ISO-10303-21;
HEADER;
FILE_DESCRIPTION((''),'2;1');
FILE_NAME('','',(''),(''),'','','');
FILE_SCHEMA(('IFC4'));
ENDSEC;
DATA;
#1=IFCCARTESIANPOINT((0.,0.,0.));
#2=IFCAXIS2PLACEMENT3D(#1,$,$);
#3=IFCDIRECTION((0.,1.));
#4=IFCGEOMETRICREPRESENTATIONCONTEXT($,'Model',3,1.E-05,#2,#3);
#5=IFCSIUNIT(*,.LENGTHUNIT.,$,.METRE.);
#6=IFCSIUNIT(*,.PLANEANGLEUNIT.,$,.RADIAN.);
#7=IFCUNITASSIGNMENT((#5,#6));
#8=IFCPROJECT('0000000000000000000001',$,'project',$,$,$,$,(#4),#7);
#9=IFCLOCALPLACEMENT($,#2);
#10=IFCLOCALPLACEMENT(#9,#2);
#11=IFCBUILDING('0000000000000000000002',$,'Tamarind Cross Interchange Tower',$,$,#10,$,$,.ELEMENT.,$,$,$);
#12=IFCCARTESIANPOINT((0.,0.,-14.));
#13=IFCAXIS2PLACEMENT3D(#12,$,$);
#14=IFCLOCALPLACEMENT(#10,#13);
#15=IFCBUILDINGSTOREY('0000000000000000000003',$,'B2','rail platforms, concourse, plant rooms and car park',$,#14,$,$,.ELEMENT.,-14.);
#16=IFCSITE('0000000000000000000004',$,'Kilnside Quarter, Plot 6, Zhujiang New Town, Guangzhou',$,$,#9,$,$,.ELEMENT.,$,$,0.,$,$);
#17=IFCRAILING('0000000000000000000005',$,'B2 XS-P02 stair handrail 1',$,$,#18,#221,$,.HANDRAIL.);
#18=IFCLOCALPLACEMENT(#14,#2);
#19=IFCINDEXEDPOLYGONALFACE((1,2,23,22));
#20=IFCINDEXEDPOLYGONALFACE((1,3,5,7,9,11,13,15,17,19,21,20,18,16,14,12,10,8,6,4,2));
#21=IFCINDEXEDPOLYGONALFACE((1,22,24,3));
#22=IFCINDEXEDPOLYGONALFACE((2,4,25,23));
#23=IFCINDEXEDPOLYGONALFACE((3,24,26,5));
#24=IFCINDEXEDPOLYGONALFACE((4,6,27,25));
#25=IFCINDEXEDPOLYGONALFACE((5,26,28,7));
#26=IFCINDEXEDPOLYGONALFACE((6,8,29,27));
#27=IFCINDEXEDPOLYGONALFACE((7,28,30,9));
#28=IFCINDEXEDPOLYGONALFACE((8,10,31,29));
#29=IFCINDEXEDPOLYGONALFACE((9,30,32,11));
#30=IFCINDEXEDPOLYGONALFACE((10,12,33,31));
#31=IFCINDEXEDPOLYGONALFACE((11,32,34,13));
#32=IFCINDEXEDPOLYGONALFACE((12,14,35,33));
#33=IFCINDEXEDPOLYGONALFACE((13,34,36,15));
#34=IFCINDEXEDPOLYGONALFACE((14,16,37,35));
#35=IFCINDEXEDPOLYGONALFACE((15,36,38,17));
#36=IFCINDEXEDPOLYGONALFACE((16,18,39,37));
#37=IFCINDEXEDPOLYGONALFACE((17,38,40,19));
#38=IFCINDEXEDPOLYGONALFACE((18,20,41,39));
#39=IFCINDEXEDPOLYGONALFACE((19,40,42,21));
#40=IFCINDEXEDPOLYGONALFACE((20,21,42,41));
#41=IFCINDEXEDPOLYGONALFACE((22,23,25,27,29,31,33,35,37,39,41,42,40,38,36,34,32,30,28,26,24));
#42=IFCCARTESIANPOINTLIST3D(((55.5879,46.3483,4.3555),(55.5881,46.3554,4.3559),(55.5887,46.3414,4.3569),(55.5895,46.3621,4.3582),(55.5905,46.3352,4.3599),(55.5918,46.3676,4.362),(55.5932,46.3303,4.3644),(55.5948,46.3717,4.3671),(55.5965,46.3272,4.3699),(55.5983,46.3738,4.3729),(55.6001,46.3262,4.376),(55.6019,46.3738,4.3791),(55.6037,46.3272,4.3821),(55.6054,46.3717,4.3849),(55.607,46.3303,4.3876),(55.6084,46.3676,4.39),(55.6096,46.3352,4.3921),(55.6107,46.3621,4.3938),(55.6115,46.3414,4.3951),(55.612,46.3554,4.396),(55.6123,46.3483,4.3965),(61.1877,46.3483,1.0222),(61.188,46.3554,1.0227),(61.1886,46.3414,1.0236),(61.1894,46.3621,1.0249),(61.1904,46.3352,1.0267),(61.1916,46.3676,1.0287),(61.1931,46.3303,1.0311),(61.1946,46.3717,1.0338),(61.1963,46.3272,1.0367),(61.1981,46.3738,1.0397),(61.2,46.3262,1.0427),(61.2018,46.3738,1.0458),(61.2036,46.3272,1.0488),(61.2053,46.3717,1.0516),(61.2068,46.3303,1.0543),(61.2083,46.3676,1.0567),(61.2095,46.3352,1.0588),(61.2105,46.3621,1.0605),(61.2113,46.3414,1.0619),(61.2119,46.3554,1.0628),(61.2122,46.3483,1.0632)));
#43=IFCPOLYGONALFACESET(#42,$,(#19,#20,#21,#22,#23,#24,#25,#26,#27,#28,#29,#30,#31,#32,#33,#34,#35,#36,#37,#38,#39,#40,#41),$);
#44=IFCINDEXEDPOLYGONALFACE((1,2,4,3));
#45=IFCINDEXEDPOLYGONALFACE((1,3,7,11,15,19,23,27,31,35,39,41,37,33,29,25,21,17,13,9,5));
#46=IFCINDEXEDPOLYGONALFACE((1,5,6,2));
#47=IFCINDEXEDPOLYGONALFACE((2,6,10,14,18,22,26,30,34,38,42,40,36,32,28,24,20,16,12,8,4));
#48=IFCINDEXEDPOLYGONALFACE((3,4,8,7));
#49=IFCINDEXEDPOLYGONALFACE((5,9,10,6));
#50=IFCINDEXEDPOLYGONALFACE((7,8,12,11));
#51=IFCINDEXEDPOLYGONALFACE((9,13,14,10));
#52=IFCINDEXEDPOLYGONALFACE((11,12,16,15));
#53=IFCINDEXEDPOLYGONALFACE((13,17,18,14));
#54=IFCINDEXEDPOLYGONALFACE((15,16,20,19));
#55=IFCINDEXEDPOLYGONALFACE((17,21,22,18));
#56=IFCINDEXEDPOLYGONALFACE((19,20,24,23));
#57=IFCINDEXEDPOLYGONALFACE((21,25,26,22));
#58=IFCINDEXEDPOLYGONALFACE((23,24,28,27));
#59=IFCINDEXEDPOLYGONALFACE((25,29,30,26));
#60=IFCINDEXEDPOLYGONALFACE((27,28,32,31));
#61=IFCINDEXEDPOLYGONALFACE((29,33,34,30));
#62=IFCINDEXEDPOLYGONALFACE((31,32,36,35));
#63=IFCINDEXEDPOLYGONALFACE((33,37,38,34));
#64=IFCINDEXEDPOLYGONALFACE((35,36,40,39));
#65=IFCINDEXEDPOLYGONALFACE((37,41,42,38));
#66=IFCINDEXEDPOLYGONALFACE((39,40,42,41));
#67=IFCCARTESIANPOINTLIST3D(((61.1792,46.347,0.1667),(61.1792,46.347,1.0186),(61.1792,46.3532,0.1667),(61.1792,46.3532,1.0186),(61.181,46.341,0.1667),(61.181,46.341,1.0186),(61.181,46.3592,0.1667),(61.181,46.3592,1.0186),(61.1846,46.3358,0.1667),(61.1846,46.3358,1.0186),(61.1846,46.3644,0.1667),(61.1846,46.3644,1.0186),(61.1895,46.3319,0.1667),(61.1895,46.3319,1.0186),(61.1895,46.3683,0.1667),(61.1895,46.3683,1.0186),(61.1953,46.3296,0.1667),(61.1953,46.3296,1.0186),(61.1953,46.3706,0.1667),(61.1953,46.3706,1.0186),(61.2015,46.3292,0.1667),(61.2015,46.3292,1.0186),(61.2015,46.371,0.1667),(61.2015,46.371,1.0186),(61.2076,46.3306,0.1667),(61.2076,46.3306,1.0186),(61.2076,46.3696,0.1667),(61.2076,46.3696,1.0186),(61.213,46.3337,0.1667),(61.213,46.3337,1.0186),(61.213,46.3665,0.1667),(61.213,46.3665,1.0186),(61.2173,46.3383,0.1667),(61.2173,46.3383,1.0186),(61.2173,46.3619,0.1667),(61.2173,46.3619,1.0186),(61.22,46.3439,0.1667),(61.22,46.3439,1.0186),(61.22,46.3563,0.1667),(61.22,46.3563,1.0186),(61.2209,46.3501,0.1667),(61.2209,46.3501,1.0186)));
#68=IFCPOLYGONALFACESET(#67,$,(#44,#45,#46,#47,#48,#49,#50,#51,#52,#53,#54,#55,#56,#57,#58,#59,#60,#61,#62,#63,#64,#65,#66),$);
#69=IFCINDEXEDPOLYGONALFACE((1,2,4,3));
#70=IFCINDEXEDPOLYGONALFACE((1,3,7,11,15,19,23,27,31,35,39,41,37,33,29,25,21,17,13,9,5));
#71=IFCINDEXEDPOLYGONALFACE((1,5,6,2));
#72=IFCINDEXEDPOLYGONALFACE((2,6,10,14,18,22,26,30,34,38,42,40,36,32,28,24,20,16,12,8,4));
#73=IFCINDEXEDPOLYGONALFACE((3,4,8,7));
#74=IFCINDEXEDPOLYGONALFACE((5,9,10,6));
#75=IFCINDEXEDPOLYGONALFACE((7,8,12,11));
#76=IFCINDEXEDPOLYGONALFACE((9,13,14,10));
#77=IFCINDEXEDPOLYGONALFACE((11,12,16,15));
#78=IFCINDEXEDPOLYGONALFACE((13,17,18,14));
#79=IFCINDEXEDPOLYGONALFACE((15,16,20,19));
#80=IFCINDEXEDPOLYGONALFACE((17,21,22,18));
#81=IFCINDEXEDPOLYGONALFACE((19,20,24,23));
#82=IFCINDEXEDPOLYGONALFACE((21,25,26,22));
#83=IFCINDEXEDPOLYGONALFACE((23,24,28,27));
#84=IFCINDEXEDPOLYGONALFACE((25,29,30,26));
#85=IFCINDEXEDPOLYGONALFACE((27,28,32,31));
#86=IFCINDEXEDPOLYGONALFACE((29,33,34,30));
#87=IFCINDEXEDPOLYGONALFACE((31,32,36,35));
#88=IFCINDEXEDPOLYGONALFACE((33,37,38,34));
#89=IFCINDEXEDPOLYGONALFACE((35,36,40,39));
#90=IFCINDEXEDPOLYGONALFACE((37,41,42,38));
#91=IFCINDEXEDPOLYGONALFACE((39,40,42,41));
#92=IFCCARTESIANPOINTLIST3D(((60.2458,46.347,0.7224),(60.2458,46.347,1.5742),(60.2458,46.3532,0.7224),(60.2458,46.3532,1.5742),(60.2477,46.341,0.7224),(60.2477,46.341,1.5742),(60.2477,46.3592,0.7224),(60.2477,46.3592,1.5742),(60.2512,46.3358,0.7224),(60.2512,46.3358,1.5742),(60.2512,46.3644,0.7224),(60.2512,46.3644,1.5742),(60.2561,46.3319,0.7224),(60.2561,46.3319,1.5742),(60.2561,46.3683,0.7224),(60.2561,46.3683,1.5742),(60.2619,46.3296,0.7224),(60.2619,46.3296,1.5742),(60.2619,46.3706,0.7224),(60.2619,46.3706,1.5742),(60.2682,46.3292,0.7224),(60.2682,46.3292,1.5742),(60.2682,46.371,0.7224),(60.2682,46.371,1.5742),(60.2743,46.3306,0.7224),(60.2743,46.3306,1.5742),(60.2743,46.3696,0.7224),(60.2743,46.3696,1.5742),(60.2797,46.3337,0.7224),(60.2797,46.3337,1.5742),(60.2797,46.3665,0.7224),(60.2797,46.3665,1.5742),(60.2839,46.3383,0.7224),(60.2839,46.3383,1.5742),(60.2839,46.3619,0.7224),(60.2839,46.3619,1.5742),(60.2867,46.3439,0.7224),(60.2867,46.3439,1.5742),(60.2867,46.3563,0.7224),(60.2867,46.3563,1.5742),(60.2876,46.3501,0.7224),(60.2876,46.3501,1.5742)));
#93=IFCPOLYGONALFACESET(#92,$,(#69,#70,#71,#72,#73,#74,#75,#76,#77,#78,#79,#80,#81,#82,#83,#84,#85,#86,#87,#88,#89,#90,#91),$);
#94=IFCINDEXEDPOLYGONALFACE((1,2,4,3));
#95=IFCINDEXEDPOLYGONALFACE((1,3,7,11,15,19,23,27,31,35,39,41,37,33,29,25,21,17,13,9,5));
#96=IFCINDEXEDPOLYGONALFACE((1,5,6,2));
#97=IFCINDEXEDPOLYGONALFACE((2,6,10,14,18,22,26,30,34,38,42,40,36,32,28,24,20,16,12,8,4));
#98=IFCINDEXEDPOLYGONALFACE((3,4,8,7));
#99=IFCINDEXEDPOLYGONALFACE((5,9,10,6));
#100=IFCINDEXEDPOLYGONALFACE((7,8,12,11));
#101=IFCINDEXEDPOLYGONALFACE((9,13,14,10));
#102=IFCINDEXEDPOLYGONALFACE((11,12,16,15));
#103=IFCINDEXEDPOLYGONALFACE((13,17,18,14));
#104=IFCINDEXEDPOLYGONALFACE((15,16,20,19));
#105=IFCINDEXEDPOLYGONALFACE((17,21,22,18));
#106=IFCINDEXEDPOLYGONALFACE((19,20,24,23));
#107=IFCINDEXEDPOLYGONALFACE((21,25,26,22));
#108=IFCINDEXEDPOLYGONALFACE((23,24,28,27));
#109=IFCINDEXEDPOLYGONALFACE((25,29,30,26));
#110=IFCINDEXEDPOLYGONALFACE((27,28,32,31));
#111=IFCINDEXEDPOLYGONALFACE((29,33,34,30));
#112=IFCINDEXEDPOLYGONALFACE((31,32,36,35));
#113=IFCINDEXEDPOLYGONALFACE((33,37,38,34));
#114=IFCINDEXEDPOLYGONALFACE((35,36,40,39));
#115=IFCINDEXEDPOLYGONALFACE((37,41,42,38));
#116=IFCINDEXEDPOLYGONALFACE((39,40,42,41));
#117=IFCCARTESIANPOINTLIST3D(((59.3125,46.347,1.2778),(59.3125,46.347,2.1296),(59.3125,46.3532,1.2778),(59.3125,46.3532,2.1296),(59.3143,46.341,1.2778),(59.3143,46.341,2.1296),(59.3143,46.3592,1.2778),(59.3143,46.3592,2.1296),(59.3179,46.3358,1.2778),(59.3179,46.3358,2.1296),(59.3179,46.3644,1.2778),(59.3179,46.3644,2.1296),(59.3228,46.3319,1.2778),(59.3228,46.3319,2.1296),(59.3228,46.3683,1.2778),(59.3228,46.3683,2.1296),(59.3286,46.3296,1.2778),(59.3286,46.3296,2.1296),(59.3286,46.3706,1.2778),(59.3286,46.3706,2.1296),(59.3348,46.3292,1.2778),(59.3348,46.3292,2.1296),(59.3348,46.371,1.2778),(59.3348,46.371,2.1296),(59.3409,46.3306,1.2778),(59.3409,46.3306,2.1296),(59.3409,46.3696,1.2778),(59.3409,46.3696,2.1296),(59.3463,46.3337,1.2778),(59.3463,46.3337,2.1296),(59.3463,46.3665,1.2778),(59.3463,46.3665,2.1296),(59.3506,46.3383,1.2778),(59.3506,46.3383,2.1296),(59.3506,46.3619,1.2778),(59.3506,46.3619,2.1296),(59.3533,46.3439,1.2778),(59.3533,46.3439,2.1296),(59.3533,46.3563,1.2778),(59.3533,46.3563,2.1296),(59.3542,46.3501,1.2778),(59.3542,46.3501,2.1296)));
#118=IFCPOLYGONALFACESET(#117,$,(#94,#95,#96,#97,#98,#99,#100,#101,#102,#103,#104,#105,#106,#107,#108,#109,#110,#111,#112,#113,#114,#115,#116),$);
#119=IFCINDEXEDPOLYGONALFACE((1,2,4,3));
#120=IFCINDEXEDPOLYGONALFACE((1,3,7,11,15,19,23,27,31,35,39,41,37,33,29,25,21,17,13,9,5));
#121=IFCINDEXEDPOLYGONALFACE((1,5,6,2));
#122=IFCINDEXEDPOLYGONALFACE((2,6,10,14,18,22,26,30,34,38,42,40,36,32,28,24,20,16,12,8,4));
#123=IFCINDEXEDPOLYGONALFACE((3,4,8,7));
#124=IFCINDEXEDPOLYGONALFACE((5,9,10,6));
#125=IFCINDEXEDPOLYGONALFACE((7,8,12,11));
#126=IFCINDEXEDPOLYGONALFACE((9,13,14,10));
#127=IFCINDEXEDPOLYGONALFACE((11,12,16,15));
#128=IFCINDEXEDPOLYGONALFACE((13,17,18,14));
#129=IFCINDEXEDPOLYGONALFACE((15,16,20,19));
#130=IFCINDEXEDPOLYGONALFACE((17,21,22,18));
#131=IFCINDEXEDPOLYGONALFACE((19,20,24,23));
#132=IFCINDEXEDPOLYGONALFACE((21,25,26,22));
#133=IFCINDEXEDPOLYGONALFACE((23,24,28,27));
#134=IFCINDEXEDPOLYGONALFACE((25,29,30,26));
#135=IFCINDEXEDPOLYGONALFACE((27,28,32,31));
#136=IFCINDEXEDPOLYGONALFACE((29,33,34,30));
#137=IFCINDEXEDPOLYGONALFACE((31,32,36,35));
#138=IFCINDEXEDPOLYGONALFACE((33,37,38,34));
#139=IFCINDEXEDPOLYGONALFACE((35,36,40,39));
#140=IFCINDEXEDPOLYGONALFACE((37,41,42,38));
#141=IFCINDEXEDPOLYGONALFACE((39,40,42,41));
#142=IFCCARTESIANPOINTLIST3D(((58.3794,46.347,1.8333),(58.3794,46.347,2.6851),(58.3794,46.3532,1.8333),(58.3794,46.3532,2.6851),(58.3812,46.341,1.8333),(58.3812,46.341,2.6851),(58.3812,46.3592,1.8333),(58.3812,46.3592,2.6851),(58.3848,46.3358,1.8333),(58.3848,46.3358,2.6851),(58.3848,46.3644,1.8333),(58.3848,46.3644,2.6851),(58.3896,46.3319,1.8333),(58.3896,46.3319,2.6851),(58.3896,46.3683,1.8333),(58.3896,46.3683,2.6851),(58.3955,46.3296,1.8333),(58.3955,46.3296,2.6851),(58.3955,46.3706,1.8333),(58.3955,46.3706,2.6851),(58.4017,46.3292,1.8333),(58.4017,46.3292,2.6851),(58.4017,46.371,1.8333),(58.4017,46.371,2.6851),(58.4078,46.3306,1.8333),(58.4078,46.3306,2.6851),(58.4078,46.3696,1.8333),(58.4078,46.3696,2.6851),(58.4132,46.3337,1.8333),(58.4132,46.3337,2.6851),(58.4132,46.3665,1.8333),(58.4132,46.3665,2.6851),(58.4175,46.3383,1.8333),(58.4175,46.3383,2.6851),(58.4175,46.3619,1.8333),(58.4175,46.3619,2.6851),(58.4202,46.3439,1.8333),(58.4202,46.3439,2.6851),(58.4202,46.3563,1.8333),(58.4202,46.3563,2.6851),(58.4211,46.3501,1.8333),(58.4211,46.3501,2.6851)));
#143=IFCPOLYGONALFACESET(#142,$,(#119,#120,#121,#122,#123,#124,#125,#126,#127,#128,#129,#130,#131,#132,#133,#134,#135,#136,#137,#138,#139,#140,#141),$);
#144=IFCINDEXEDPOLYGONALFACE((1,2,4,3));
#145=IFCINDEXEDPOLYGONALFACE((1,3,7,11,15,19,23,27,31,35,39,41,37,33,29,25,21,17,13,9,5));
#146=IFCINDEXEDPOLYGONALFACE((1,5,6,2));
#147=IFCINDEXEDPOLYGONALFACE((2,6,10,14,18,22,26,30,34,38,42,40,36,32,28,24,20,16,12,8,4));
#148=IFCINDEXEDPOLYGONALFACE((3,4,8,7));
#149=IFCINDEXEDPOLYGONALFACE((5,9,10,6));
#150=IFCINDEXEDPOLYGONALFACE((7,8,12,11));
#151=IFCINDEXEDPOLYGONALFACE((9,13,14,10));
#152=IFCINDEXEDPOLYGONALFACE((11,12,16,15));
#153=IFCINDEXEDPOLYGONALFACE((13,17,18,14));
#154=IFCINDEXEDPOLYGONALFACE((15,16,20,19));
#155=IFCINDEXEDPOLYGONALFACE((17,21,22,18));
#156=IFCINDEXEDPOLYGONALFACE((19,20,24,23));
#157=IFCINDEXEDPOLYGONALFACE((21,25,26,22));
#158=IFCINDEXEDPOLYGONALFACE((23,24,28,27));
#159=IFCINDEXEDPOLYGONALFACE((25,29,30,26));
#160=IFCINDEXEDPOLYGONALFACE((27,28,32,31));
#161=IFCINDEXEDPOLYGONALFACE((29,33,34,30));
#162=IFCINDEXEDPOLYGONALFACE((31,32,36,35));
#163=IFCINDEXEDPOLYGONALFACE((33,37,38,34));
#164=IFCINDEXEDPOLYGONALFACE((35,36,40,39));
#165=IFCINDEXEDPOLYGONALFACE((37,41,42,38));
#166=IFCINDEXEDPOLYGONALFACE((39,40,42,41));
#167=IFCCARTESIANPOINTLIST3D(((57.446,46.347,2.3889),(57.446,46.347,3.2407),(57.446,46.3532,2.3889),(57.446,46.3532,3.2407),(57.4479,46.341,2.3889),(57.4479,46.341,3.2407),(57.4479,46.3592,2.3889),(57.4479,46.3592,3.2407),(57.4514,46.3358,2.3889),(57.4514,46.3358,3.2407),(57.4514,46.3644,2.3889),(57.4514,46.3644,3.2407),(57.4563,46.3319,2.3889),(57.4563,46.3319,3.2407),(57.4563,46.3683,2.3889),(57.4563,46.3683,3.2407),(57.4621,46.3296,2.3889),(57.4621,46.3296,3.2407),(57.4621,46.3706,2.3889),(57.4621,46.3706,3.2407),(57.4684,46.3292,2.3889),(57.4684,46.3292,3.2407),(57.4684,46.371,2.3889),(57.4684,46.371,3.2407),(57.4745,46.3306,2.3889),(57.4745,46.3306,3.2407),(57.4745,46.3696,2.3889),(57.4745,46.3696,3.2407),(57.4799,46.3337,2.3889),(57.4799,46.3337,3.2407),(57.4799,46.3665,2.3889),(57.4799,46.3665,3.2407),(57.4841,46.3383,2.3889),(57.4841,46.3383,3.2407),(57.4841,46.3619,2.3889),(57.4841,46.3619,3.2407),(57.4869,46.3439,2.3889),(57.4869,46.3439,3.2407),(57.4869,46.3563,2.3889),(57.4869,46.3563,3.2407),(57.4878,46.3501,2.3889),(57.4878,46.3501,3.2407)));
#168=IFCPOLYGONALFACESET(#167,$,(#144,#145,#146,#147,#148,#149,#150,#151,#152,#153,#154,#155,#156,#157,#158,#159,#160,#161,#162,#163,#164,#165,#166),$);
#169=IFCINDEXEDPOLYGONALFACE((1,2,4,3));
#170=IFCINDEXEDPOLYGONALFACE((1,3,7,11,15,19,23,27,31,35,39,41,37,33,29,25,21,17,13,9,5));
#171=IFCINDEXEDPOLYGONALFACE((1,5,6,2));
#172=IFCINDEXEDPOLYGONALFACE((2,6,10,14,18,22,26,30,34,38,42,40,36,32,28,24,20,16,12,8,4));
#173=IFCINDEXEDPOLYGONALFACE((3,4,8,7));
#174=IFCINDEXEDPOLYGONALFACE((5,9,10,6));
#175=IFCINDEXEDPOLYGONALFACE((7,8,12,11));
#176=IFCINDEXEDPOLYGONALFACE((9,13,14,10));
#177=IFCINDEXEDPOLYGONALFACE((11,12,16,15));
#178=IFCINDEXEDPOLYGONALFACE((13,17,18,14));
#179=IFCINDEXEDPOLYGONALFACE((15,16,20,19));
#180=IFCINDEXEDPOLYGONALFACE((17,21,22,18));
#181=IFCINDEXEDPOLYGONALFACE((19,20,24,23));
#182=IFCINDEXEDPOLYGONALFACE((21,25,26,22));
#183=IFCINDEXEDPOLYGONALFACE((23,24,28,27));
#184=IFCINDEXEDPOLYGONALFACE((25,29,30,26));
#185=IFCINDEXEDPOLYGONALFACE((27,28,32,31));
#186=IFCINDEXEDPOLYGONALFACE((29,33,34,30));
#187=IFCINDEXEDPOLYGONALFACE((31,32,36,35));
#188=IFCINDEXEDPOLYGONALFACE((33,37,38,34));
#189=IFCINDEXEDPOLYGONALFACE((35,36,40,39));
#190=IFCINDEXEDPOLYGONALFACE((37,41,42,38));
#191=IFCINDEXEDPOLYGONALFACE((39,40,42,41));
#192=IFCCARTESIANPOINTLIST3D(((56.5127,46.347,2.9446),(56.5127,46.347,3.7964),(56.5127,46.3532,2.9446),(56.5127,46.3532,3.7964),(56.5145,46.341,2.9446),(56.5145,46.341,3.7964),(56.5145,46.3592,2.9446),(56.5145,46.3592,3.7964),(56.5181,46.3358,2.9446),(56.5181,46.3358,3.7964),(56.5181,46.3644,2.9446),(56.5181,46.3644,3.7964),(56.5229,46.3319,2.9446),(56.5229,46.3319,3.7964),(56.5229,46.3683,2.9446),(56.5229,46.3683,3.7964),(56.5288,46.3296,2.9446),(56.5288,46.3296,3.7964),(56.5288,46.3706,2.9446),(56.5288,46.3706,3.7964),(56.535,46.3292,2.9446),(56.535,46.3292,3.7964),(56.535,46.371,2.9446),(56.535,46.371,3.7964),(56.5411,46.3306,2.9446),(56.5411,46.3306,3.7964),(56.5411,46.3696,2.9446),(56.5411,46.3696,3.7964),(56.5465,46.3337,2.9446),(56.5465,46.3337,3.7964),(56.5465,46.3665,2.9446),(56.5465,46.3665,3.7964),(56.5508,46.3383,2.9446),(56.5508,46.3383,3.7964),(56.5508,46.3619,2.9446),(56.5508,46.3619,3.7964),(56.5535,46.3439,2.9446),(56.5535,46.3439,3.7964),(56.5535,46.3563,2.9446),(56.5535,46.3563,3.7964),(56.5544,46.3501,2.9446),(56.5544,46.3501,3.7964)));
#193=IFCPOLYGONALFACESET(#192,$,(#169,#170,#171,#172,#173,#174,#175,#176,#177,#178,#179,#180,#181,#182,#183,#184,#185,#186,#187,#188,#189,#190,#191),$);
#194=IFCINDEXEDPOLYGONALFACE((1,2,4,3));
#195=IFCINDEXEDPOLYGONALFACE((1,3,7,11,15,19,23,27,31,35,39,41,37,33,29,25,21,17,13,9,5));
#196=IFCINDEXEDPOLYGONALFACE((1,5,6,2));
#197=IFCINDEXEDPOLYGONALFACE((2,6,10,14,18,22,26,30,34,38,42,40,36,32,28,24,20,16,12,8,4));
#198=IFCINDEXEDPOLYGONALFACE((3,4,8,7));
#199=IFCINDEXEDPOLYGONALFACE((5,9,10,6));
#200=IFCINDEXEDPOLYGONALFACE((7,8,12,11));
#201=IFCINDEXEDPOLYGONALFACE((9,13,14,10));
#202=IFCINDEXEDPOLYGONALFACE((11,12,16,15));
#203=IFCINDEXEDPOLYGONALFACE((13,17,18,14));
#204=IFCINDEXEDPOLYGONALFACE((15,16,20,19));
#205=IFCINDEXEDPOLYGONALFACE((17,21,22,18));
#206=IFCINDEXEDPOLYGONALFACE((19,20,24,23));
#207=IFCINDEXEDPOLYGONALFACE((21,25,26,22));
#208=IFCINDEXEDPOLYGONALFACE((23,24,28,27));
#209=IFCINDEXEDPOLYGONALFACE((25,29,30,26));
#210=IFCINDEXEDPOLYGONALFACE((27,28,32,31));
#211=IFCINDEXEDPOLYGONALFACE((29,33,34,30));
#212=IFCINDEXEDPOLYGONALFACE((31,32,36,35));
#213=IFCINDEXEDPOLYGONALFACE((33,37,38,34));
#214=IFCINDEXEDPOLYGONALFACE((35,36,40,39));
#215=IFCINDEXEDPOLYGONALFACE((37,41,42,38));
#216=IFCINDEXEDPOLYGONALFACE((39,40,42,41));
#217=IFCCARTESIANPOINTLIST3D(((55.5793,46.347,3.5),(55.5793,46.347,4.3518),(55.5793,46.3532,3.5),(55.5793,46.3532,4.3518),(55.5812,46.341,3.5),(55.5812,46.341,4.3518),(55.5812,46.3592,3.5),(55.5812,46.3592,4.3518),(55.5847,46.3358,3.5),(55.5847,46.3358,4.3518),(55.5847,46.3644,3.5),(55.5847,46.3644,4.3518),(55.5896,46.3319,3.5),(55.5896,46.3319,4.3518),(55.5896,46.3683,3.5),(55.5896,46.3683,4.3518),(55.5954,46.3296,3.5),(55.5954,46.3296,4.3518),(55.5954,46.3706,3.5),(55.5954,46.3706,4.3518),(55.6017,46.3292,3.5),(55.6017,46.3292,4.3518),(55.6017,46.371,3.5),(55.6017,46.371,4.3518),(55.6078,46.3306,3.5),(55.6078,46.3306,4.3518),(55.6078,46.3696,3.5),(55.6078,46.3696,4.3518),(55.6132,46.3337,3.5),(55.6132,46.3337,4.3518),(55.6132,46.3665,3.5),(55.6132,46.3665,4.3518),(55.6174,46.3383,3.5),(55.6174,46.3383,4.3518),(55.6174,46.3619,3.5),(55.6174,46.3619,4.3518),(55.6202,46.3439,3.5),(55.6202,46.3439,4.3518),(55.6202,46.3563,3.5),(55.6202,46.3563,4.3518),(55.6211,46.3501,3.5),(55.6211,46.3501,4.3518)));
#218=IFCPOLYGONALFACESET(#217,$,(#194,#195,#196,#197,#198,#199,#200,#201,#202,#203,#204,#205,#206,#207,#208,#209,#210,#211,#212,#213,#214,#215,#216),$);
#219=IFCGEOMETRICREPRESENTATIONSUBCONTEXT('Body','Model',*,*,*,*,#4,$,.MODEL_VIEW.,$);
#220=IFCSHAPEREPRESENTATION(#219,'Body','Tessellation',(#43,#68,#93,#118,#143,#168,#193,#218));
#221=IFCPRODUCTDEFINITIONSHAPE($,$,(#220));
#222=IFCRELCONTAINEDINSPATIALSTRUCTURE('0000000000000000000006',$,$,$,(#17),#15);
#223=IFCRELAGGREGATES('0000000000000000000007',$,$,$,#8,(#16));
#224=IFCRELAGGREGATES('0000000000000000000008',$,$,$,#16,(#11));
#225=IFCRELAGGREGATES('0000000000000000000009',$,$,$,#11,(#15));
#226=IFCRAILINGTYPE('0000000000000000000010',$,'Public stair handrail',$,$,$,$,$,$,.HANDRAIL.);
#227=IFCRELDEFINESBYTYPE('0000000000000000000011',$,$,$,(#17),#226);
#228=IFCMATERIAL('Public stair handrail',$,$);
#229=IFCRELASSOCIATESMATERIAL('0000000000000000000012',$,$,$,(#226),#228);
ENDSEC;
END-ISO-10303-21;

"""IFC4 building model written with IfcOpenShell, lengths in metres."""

from ifc_helpers import new_model, si_unit, direction, frame, origin, origin_2d, place, context, subcontext, project, spatial, circle, extrude, material, type_object, element, save


model = new_model("IFC4")

# Units and contexts
model_context = context("Model", 3, precision=1e-05, world=origin(), true_north=direction((0.0, 1.0)))
body_context = subcontext(model_context, "Body", "Model", "MODEL_VIEW")
ifc_project = project(units=[si_unit("LENGTHUNIT", "METRE"), si_unit("PLANEANGLEUNIT", "RADIAN")], contexts=[model_context])

# Site, building, storey
site_placement = place(None, origin())
site = spatial("IfcSite", under=ifc_project, at=site_placement, Name="Kilnside Quarter, Plot 6, Zhujiang New Town, Guangzhou", CompositionType="ELEMENT", RefElevation=0.0)
building_placement = place(site_placement, origin())
building = spatial("IfcBuilding", under=site, at=building_placement, Name="Tamarind Cross Interchange Tower", CompositionType="ELEMENT")
storey_placement = place(building_placement, frame((0.0, 0.0, -14.0)))
storey = spatial("IfcBuildingStorey", under=building, at=storey_placement, Name="B2", Description="rail platforms, concourse, plant rooms and car park", CompositionType="ELEMENT", Elevation=-14.0)

# Railing
ifc_material_1 = material(Name="Public stair handrail")
railing_type_1 = type_object("IfcRailingType", Name="Public stair handrail", PredefinedType="HANDRAIL", material=ifc_material_1)
railing_1_placement = place(storey_placement, frame((61.2, 46.3501, 0.1667)))
element("IfcRailing", 1, at=railing_1_placement, inside=storey, type_object=railing_type_1, Name="B2 XS-P02 stair handrail 1", PredefinedType="HANDRAIL", context=body_context, shape_type="SweptSolid", body=[
    extrude(circle(Radius=0.0239, at=origin_2d()), frame((0.0, 0.0, 0.876), z_axis=(-0.859292, 0.0, 0.511485), x_axis=(0.0, -1.0, 0.0)), (0.0, 0.0, 1.0), 6.5168),
    extrude(circle(Radius=0.021, at=origin_2d()), origin(), (0.0, 0.0, 1.0), 0.8518),
    extrude(circle(Radius=0.021, at=origin_2d()), frame((-0.9333, 0.0, 0.5557)), (0.0, 0.0, 1.0), 0.8518),
    extrude(circle(Radius=0.021, at=origin_2d()), frame((-1.8667, 0.0, 1.1111)), (0.0, 0.0, 1.0), 0.8518),
    extrude(circle(Radius=0.021, at=origin_2d()), frame((-2.7998, 0.0, 1.6665)), (0.0, 0.0, 1.0), 0.8518),
    extrude(circle(Radius=0.021, at=origin_2d()), frame((-3.7332, 0.0, 2.2222)), (0.0, 0.0, 1.0), 0.8518),
    extrude(circle(Radius=0.021, at=origin_2d()), frame((-4.6665, 0.0, 2.7778)), (0.0, 0.0, 1.0), 0.8518),
    extrude(circle(Radius=0.021, at=origin_2d()), frame((-5.5999, 0.0, 3.3333)), (0.0, 0.0, 1.0), 0.8518),
])

save(model, "model.ifc")
